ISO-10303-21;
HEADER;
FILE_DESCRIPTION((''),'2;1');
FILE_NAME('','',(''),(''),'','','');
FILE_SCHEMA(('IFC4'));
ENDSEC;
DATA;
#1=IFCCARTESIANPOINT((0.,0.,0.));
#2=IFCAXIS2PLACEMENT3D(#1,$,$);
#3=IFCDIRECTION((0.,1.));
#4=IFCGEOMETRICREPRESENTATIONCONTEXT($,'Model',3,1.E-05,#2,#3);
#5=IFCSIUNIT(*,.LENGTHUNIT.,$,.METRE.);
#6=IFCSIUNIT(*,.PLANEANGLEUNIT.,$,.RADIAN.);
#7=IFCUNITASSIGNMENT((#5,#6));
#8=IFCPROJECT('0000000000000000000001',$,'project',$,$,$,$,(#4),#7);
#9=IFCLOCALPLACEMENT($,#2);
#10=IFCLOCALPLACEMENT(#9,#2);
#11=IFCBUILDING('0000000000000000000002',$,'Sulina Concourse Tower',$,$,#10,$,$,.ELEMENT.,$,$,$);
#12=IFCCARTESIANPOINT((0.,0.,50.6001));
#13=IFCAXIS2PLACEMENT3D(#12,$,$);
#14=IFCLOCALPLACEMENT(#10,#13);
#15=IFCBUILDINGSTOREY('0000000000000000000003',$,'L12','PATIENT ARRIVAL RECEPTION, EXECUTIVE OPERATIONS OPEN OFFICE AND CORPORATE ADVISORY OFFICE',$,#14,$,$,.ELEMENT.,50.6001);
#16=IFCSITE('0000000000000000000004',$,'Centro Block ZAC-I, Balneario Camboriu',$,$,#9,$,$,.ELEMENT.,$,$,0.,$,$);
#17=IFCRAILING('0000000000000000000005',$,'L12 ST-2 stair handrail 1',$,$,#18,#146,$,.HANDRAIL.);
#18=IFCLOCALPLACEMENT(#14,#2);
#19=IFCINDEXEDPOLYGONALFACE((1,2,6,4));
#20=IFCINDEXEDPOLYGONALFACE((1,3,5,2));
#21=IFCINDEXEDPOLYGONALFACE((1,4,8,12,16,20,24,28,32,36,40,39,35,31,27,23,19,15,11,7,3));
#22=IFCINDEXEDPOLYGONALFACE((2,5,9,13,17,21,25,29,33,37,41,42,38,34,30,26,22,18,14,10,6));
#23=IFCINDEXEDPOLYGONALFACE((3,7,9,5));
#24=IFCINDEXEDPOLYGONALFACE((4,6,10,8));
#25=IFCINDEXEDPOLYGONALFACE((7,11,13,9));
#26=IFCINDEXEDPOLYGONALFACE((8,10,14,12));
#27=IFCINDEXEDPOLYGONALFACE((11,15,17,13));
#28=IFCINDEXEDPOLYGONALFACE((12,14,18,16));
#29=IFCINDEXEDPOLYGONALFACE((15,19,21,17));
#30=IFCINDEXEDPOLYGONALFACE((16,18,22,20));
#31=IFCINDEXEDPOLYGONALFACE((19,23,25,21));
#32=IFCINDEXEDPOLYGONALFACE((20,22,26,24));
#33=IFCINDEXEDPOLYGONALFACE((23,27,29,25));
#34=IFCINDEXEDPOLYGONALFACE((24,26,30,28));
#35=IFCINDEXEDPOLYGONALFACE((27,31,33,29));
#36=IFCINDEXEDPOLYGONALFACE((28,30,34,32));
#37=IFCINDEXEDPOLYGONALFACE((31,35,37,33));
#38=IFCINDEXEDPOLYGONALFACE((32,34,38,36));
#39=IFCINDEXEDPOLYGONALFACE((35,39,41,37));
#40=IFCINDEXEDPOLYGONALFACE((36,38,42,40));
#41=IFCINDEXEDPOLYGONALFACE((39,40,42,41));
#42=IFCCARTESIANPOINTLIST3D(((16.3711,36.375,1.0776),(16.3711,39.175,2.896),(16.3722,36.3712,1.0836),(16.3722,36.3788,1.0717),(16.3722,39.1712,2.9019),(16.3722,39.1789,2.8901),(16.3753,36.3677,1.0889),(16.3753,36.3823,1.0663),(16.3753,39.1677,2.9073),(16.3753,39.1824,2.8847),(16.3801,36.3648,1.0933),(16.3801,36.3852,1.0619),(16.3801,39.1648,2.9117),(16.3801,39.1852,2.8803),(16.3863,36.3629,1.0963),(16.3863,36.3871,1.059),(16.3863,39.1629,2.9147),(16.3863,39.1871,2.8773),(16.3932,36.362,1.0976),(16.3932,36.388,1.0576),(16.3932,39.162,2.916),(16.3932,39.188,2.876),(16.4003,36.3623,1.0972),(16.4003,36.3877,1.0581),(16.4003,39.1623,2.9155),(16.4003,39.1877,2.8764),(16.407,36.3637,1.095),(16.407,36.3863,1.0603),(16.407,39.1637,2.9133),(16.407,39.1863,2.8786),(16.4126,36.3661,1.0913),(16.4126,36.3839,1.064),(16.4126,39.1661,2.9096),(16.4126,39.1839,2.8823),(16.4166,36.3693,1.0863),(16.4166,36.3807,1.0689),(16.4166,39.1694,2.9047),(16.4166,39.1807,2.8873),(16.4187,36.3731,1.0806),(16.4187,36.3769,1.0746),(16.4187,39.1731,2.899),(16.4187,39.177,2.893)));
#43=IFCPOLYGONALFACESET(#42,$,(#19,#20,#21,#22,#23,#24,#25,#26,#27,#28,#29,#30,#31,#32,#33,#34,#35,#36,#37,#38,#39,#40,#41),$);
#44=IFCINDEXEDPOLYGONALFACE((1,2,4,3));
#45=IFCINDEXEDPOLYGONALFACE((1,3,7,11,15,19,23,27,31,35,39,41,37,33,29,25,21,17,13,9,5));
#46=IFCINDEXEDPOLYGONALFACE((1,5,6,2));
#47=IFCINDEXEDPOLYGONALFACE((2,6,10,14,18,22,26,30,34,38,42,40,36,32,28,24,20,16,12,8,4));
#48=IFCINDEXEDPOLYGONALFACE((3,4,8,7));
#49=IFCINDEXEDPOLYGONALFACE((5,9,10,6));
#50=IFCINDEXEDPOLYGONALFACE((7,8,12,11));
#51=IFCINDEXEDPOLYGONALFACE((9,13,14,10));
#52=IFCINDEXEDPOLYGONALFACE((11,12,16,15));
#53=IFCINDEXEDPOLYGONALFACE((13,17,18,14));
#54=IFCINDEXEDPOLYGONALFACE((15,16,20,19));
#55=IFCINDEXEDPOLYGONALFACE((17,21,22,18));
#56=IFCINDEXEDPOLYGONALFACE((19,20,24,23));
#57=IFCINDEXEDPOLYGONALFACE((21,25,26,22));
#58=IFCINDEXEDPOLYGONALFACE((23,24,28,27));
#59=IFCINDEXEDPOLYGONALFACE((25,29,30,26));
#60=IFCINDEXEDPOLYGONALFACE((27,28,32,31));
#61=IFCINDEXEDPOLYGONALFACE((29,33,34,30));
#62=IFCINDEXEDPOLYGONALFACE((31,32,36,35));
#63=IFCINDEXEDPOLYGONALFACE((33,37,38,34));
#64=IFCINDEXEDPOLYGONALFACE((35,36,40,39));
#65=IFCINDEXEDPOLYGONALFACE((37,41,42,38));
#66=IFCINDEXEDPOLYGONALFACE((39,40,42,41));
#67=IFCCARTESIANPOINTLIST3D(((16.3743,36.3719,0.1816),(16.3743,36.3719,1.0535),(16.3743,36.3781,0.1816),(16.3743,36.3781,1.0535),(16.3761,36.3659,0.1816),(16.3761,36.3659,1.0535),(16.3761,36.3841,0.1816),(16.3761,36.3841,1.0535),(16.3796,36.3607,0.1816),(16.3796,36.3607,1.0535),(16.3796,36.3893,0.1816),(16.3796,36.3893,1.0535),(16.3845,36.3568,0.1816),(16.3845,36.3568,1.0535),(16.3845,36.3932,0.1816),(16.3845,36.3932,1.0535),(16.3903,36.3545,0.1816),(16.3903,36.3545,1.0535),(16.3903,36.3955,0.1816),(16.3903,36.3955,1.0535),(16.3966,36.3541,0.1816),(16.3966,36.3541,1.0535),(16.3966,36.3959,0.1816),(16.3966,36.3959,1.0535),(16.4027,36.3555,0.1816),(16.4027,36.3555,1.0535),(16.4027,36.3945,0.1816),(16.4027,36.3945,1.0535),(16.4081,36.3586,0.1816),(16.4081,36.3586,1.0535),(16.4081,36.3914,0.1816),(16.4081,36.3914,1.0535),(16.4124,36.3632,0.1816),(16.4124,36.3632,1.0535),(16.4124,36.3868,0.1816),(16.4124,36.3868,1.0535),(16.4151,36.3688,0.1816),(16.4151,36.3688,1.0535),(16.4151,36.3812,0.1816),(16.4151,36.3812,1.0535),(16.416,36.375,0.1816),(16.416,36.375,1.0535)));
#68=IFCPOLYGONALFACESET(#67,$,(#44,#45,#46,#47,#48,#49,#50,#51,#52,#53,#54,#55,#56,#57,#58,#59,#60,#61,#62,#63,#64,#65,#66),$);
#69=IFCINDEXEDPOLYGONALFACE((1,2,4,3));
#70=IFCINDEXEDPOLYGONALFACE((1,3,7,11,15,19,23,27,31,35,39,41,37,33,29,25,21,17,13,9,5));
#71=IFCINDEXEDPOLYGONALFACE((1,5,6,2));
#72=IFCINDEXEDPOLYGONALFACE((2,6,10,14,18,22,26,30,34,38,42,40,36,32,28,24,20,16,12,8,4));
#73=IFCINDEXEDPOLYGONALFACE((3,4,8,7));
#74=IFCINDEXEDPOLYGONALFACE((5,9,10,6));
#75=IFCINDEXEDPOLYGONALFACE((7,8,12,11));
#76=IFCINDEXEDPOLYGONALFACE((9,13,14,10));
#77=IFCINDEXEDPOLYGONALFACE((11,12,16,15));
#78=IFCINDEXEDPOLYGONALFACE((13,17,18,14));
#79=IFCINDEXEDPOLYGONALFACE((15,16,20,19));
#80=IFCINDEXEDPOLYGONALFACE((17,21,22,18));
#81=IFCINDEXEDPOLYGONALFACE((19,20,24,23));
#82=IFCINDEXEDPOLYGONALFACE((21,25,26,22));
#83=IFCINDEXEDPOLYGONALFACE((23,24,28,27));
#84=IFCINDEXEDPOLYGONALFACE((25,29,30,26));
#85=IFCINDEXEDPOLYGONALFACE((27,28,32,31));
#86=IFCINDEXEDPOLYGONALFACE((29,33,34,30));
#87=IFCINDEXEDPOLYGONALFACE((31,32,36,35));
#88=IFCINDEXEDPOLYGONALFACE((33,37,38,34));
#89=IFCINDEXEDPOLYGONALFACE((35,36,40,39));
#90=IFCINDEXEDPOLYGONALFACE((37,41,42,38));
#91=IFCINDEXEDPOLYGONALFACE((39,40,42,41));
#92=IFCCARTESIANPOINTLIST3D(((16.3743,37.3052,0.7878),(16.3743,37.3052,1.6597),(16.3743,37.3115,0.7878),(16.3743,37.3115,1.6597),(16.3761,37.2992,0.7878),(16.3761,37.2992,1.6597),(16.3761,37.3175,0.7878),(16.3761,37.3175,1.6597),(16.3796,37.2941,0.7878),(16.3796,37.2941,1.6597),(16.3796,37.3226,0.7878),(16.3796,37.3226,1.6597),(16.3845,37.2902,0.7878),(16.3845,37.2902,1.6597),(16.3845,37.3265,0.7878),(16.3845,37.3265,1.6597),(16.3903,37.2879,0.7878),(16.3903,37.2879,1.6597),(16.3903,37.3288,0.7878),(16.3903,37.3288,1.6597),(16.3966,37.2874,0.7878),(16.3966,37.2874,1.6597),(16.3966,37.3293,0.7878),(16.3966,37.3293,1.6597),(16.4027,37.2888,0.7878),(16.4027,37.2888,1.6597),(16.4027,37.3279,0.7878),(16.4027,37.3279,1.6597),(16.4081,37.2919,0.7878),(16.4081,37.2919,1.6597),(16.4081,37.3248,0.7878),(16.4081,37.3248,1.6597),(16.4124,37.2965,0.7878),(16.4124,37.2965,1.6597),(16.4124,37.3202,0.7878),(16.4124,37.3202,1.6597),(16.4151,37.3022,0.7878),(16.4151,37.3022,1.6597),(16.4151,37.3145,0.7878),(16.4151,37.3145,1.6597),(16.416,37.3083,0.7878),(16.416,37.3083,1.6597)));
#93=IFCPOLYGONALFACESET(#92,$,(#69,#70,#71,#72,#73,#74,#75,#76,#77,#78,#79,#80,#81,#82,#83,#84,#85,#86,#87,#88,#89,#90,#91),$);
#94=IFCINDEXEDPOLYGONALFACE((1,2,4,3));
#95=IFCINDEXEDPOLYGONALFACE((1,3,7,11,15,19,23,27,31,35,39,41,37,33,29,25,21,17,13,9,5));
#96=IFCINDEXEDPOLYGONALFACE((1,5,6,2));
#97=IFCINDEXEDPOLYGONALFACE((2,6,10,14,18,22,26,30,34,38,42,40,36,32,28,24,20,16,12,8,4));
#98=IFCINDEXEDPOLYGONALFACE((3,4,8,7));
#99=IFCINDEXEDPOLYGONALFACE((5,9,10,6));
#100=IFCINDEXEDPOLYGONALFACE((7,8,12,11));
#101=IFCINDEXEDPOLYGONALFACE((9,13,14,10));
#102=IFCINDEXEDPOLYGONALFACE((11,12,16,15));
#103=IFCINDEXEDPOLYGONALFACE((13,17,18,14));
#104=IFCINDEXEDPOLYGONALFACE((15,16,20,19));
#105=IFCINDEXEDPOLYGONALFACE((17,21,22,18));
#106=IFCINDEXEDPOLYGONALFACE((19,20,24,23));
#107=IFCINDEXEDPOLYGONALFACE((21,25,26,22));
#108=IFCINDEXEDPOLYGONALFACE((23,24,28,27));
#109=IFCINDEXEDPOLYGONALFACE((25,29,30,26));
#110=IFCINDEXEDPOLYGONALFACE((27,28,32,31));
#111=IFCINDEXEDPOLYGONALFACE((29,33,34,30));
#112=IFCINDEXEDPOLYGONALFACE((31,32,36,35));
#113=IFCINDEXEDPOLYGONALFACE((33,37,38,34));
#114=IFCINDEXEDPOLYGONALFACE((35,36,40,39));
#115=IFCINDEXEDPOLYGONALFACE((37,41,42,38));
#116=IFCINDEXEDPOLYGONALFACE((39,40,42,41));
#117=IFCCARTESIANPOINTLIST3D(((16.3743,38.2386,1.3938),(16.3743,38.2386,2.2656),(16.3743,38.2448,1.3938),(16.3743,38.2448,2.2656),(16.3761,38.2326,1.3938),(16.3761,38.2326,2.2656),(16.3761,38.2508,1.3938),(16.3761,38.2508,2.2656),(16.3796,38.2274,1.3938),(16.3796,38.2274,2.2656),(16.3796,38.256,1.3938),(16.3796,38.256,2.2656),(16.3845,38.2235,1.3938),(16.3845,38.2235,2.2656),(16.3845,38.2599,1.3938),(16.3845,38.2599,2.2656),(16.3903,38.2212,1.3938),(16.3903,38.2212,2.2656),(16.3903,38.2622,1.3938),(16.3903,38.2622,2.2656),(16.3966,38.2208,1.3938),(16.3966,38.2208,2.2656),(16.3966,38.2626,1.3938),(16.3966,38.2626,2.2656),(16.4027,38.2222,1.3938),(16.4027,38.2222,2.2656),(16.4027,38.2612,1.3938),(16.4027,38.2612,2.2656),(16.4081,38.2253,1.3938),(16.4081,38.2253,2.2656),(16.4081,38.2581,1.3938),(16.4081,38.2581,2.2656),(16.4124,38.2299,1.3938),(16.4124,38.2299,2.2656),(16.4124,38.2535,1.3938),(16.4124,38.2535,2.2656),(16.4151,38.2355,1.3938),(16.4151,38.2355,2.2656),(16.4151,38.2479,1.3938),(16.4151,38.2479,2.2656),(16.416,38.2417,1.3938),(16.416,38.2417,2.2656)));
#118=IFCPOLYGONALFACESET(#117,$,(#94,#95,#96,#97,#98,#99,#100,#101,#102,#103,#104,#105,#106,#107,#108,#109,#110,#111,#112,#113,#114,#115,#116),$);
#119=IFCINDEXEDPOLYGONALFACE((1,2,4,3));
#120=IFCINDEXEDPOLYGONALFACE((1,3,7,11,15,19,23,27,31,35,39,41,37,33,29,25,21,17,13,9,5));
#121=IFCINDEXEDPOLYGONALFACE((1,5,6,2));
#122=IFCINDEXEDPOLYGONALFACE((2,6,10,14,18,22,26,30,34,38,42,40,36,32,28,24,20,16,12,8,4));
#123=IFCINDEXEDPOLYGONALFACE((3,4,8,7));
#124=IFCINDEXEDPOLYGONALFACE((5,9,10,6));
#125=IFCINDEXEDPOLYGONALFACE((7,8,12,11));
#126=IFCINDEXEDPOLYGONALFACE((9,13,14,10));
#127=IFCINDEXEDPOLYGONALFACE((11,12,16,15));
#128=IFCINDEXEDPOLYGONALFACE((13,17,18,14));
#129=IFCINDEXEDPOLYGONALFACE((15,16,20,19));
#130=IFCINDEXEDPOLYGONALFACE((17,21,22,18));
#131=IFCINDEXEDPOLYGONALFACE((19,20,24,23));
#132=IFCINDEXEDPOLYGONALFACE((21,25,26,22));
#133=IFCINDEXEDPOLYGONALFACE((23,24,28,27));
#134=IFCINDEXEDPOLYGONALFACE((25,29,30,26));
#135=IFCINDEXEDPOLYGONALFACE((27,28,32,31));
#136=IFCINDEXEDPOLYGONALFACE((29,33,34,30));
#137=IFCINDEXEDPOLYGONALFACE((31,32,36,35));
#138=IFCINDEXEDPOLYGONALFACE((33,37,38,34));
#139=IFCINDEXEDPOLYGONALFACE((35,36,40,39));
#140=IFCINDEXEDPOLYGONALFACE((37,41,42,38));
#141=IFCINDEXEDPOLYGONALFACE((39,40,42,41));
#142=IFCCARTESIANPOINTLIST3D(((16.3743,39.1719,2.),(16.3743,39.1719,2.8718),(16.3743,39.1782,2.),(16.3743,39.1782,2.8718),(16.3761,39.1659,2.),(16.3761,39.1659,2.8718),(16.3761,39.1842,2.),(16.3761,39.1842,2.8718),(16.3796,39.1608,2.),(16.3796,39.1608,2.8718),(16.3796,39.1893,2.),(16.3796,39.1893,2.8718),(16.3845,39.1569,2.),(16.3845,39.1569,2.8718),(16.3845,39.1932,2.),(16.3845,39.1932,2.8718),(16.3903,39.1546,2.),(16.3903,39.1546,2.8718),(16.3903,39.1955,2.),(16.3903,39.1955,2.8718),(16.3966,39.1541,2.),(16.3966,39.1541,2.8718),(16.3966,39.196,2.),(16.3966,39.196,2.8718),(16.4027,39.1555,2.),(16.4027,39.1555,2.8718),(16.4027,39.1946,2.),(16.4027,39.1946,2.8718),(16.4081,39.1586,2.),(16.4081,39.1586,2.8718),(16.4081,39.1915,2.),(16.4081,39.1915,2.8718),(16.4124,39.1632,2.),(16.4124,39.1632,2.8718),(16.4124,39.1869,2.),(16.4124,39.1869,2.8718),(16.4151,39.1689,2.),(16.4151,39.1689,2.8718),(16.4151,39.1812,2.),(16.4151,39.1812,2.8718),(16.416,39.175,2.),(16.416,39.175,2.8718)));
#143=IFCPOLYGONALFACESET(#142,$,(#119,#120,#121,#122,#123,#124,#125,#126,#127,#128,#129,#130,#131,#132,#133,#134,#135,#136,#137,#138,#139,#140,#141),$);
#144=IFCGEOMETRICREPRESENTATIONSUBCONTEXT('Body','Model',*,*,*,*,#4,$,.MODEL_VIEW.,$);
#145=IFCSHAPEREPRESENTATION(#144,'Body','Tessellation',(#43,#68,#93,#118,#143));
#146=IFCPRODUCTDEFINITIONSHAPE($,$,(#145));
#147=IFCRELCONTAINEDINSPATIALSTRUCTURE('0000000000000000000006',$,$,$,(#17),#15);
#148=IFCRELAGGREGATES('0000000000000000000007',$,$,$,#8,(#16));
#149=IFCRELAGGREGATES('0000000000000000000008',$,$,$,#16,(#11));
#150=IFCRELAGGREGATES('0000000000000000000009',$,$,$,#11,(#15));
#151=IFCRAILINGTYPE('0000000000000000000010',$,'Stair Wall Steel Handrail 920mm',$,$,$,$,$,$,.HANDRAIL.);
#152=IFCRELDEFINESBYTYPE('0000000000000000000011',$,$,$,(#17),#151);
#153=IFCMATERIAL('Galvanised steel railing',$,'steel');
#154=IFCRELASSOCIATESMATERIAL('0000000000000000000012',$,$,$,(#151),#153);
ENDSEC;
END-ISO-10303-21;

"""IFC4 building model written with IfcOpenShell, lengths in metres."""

from ifc_helpers import new_model, si_unit, direction, frame, origin, origin_2d, place, context, subcontext, project, spatial, circle, extrude, material, type_object, element, save


model = new_model("IFC4")

# Units and contexts
model_context = context("Model", 3, precision=1e-05, world=origin(), true_north=direction((0.0, 1.0)))
body_context = subcontext(model_context, "Body", "Model", "MODEL_VIEW")
ifc_project = project(units=[si_unit("LENGTHUNIT", "METRE"), si_unit("PLANEANGLEUNIT", "RADIAN")], contexts=[model_context])

# Site, building, storey
site_placement = place(None, origin())
site = spatial("IfcSite", under=ifc_project, at=site_placement, Name="Centro Block ZAC-I, Balneario Camboriu", CompositionType="ELEMENT", RefElevation=0.0)
building_placement = place(site_placement, origin())
building = spatial("IfcBuilding", under=site, at=building_placement, Name="Sulina Concourse Tower", CompositionType="ELEMENT")
storey_placement = place(building_placement, frame((0.0, 0.0, 50.6001)))
storey = spatial("IfcBuildingStorey", under=building, at=storey_placement, Name="L12", Description="PATIENT ARRIVAL RECEPTION, EXECUTIVE OPERATIONS OPEN OFFICE AND CORPORATE ADVISORY OFFICE", CompositionType="ELEMENT", Elevation=50.6001)

# Railing
ifc_material_1 = material(Name="Galvanised steel railing", Category="steel")
railing_type_1 = type_object("IfcRailingType", Name="Stair Wall Steel Handrail 920mm", PredefinedType="HANDRAIL", material=ifc_material_1)
railing_1_placement = place(storey_placement, frame((16.395, 36.375, 0.1816)))
element("IfcRailing", 1, at=railing_1_placement, inside=storey, type_object=railing_type_1, Name="L12 ST-2 stair handrail 1", PredefinedType="HANDRAIL", context=body_context, shape_type="SweptSolid", body=[
    extrude(circle(Radius=0.0239, at=origin_2d()), frame((0.0, 0.0, 0.896), z_axis=(0.0, 0.838672, 0.544636), x_axis=(-1.0, 0.0, 0.0)), (0.0, 0.0, 1.0), 3.3386),
    extrude(circle(Radius=0.021, at=origin_2d()), origin(), (0.0, 0.0, 1.0), 0.8718),
    extrude(circle(Radius=0.021, at=origin_2d()), frame((0.0, 0.9333, 0.6062)), (0.0, 0.0, 1.0), 0.8718),
    extrude(circle(Radius=0.021, at=origin_2d()), frame((0.0, 1.8667, 1.2122)), (0.0, 0.0, 1.0), 0.8718),
    extrude(circle(Radius=0.021, at=origin_2d()), frame((0.0, 2.8, 1.8184)), (0.0, 0.0, 1.0), 0.8718),
])

save(model, "model.ifc")
